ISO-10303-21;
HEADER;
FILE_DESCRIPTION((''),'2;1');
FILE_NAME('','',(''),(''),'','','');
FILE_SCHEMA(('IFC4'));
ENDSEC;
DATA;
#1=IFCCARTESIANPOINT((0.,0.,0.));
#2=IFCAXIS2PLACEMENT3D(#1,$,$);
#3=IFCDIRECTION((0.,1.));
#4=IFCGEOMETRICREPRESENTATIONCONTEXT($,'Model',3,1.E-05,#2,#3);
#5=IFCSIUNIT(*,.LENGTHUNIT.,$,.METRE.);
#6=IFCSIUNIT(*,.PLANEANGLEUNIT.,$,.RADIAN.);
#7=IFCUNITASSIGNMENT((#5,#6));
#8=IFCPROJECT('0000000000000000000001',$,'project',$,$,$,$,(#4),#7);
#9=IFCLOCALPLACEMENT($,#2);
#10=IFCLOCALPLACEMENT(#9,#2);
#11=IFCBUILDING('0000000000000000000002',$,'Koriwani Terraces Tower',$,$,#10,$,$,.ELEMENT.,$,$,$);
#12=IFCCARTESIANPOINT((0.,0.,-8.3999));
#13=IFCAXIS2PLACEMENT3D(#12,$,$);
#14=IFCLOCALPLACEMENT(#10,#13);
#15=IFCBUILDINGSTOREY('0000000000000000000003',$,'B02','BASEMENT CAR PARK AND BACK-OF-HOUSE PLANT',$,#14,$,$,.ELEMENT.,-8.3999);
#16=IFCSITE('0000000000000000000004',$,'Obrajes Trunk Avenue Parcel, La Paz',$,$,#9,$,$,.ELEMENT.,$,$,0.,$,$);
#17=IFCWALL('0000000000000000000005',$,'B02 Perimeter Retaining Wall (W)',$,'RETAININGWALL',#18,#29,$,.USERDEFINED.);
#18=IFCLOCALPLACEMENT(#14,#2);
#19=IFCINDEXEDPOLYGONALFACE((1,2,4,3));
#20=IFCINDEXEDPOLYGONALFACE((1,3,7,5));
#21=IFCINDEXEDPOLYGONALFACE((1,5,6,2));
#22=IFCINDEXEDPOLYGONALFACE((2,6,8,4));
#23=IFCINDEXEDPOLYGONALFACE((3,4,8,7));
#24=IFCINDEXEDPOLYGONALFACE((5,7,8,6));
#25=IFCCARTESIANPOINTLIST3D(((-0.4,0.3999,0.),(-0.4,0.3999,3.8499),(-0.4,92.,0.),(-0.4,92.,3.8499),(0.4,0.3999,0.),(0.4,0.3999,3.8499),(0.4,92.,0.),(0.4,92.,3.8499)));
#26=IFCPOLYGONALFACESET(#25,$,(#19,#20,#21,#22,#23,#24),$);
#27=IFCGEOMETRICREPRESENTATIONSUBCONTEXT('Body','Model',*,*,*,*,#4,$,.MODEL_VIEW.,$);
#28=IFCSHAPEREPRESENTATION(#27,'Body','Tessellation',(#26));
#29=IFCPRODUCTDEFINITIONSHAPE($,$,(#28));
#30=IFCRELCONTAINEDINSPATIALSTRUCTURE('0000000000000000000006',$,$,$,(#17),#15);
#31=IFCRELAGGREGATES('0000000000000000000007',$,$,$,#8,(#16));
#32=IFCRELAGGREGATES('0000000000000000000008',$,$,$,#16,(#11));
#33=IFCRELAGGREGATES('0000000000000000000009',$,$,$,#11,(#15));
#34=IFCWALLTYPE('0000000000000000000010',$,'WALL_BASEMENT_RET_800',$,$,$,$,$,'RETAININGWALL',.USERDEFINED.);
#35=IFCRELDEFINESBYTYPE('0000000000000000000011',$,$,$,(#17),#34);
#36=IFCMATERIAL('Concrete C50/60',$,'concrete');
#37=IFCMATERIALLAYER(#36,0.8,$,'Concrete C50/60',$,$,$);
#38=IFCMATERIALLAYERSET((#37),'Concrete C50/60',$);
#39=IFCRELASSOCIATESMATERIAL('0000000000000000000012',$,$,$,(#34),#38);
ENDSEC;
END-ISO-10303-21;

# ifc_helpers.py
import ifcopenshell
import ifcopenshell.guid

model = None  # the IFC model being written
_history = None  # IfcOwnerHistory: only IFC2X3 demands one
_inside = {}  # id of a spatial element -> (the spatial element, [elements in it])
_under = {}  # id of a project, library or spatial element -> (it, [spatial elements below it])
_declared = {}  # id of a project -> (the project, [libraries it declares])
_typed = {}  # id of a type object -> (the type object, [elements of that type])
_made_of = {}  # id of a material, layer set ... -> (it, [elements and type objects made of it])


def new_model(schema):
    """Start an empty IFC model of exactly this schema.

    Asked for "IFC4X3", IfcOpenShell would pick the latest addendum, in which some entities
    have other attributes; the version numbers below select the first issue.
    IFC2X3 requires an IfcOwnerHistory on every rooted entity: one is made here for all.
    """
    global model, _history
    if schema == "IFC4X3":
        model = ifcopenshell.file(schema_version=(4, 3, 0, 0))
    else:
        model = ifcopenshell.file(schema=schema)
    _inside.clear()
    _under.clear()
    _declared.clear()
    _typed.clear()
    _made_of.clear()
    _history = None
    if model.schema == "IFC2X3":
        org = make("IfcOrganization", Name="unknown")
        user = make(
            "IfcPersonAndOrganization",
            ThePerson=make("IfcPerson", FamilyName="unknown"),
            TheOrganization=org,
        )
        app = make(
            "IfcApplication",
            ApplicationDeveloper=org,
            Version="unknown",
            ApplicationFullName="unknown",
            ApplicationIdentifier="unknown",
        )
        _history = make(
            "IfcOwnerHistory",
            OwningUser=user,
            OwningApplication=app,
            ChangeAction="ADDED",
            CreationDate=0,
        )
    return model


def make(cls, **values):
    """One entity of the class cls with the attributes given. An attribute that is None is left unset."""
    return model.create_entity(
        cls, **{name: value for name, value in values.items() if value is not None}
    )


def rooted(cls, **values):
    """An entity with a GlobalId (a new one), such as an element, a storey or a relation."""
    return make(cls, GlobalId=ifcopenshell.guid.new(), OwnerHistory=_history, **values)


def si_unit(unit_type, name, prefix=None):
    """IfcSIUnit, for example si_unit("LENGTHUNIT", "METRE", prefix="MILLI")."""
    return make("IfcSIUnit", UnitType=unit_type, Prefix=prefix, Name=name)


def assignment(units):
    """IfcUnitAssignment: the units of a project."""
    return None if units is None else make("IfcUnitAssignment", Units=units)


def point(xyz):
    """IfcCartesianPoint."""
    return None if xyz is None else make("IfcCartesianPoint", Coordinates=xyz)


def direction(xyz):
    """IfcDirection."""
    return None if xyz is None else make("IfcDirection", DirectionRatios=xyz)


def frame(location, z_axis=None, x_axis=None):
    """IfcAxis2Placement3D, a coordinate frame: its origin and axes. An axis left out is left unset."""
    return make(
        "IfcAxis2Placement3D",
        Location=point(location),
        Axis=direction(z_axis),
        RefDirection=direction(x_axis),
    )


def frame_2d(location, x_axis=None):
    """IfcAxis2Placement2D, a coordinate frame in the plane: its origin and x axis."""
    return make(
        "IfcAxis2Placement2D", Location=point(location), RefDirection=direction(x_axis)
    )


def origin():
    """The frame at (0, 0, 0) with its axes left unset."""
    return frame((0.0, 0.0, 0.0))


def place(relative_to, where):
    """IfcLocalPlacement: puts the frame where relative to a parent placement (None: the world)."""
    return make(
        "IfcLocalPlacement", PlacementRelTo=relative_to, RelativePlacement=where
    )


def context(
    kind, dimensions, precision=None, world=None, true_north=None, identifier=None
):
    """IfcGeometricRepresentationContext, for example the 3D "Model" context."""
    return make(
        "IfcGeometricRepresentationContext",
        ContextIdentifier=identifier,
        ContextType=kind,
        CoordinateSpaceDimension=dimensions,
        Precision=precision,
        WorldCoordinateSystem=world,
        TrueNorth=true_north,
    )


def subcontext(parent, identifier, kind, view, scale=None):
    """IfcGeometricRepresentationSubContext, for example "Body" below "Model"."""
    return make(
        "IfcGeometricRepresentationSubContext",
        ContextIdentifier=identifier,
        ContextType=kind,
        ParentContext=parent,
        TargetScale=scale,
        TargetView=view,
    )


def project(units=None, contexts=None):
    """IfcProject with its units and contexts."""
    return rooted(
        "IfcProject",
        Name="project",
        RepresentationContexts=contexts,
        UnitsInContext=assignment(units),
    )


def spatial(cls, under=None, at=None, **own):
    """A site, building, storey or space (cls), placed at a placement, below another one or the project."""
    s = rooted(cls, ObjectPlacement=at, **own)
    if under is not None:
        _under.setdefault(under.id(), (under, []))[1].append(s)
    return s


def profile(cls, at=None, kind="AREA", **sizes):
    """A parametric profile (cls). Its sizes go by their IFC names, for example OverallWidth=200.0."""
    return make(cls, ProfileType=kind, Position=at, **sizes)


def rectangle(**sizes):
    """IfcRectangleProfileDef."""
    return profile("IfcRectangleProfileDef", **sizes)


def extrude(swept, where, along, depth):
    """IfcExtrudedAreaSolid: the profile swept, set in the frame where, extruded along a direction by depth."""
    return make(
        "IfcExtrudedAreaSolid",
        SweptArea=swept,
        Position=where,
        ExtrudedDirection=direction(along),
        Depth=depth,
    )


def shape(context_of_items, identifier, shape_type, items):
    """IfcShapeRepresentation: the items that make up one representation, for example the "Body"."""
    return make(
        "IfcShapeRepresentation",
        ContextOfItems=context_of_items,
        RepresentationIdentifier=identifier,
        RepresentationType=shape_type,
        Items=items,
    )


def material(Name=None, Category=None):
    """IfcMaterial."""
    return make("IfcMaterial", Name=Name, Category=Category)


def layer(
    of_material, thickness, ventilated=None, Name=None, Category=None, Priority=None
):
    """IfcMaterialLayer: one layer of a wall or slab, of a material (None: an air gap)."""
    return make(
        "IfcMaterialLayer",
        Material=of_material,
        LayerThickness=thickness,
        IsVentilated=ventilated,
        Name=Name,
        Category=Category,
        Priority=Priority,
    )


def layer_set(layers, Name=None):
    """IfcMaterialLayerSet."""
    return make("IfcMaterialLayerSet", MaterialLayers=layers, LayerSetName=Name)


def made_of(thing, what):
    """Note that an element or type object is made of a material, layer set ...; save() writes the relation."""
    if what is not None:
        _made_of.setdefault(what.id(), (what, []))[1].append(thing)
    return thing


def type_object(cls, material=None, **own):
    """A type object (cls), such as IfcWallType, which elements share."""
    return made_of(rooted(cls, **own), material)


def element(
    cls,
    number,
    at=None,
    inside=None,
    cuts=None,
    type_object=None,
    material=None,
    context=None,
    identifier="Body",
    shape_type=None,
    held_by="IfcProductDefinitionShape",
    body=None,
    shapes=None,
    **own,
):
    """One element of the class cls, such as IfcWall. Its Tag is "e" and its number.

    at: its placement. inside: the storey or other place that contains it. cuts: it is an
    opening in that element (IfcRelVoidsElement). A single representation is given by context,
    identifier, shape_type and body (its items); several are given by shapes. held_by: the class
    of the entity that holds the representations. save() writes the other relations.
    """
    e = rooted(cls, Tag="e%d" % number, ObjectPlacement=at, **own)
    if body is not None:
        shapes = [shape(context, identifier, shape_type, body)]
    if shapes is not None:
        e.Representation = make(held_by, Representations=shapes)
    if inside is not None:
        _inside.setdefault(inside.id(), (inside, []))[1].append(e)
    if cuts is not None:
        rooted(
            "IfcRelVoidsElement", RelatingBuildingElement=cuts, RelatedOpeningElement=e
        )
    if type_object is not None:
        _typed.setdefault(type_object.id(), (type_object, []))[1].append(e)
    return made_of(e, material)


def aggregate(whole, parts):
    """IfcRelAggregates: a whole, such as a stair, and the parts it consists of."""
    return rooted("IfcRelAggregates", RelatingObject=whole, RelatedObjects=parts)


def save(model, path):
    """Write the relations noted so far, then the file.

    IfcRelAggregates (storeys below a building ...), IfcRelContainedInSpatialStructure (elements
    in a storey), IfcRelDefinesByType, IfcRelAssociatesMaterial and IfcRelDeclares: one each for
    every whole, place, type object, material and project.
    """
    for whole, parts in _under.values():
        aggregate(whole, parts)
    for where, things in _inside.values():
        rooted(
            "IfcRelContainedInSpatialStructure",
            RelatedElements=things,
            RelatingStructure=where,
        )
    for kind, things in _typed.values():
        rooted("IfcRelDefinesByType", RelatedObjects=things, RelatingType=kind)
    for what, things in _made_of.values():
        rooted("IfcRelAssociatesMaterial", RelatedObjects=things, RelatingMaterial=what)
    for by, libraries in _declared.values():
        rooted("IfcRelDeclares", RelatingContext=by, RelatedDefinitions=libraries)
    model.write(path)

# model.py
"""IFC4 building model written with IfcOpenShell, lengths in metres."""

from ifc_helpers import new_model, si_unit, direction, frame, frame_2d, origin, place, context, subcontext, project, spatial, rectangle, extrude, material, layer, layer_set, type_object, element, save


model = new_model("IFC4")

# Units and contexts
model_context = context("Model", 3, precision=1e-05, world=origin(), true_north=direction((0.0, 1.0)))
body_context = subcontext(model_context, "Body", "Model", "MODEL_VIEW")
ifc_project = project(units=[si_unit("LENGTHUNIT", "METRE"), si_unit("PLANEANGLEUNIT", "RADIAN")], contexts=[model_context])

# Site, building, storey
site_placement = place(None, origin())
site = spatial("IfcSite", under=ifc_project, at=site_placement, Name="Obrajes Trunk Avenue Parcel, La Paz", CompositionType="ELEMENT", RefElevation=0.0)
building_placement = place(site_placement, origin())
building = spatial("IfcBuilding", under=site, at=building_placement, Name="Koriwani Terraces Tower", CompositionType="ELEMENT")
storey_placement = place(building_placement, frame((0.0, 0.0, -8.3999)))
storey = spatial("IfcBuildingStorey", under=building, at=storey_placement, Name="B02", Description="BASEMENT CAR PARK AND BACK-OF-HOUSE PLANT", CompositionType="ELEMENT", Elevation=-8.3999)

# Wall
ifc_material_1 = material(Name="Concrete C50/60", Category="concrete")
ifc_layer = layer(ifc_material_1, 0.8, Name="Concrete C50/60")
ifc_layer_set = layer_set([ifc_layer], Name="Concrete C50/60")
wall_type = type_object("IfcWallType", Name="WALL_BASEMENT_RET_800", ElementType="RETAININGWALL", PredefinedType="USERDEFINED", material=ifc_layer_set)
wall_placement = place(storey_placement, frame((0.0, 92.0, 0.0), z_axis=(0.0, 0.0, 1.0), x_axis=(0.0, -1.0, 0.0)))
element("IfcWall", 1, at=wall_placement, inside=storey, type_object=wall_type, Name="B02 Perimeter Retaining Wall (W)", ObjectType="RETAININGWALL", PredefinedType="USERDEFINED", context=body_context, shape_type="SweptSolid", body=[
    extrude(rectangle(XDim=91.6001, YDim=0.8, at=frame_2d((45.8, 0.0))), origin(), (0.0, 0.0, 1.0), 3.8499),
])

save(model, "model.ifc")
